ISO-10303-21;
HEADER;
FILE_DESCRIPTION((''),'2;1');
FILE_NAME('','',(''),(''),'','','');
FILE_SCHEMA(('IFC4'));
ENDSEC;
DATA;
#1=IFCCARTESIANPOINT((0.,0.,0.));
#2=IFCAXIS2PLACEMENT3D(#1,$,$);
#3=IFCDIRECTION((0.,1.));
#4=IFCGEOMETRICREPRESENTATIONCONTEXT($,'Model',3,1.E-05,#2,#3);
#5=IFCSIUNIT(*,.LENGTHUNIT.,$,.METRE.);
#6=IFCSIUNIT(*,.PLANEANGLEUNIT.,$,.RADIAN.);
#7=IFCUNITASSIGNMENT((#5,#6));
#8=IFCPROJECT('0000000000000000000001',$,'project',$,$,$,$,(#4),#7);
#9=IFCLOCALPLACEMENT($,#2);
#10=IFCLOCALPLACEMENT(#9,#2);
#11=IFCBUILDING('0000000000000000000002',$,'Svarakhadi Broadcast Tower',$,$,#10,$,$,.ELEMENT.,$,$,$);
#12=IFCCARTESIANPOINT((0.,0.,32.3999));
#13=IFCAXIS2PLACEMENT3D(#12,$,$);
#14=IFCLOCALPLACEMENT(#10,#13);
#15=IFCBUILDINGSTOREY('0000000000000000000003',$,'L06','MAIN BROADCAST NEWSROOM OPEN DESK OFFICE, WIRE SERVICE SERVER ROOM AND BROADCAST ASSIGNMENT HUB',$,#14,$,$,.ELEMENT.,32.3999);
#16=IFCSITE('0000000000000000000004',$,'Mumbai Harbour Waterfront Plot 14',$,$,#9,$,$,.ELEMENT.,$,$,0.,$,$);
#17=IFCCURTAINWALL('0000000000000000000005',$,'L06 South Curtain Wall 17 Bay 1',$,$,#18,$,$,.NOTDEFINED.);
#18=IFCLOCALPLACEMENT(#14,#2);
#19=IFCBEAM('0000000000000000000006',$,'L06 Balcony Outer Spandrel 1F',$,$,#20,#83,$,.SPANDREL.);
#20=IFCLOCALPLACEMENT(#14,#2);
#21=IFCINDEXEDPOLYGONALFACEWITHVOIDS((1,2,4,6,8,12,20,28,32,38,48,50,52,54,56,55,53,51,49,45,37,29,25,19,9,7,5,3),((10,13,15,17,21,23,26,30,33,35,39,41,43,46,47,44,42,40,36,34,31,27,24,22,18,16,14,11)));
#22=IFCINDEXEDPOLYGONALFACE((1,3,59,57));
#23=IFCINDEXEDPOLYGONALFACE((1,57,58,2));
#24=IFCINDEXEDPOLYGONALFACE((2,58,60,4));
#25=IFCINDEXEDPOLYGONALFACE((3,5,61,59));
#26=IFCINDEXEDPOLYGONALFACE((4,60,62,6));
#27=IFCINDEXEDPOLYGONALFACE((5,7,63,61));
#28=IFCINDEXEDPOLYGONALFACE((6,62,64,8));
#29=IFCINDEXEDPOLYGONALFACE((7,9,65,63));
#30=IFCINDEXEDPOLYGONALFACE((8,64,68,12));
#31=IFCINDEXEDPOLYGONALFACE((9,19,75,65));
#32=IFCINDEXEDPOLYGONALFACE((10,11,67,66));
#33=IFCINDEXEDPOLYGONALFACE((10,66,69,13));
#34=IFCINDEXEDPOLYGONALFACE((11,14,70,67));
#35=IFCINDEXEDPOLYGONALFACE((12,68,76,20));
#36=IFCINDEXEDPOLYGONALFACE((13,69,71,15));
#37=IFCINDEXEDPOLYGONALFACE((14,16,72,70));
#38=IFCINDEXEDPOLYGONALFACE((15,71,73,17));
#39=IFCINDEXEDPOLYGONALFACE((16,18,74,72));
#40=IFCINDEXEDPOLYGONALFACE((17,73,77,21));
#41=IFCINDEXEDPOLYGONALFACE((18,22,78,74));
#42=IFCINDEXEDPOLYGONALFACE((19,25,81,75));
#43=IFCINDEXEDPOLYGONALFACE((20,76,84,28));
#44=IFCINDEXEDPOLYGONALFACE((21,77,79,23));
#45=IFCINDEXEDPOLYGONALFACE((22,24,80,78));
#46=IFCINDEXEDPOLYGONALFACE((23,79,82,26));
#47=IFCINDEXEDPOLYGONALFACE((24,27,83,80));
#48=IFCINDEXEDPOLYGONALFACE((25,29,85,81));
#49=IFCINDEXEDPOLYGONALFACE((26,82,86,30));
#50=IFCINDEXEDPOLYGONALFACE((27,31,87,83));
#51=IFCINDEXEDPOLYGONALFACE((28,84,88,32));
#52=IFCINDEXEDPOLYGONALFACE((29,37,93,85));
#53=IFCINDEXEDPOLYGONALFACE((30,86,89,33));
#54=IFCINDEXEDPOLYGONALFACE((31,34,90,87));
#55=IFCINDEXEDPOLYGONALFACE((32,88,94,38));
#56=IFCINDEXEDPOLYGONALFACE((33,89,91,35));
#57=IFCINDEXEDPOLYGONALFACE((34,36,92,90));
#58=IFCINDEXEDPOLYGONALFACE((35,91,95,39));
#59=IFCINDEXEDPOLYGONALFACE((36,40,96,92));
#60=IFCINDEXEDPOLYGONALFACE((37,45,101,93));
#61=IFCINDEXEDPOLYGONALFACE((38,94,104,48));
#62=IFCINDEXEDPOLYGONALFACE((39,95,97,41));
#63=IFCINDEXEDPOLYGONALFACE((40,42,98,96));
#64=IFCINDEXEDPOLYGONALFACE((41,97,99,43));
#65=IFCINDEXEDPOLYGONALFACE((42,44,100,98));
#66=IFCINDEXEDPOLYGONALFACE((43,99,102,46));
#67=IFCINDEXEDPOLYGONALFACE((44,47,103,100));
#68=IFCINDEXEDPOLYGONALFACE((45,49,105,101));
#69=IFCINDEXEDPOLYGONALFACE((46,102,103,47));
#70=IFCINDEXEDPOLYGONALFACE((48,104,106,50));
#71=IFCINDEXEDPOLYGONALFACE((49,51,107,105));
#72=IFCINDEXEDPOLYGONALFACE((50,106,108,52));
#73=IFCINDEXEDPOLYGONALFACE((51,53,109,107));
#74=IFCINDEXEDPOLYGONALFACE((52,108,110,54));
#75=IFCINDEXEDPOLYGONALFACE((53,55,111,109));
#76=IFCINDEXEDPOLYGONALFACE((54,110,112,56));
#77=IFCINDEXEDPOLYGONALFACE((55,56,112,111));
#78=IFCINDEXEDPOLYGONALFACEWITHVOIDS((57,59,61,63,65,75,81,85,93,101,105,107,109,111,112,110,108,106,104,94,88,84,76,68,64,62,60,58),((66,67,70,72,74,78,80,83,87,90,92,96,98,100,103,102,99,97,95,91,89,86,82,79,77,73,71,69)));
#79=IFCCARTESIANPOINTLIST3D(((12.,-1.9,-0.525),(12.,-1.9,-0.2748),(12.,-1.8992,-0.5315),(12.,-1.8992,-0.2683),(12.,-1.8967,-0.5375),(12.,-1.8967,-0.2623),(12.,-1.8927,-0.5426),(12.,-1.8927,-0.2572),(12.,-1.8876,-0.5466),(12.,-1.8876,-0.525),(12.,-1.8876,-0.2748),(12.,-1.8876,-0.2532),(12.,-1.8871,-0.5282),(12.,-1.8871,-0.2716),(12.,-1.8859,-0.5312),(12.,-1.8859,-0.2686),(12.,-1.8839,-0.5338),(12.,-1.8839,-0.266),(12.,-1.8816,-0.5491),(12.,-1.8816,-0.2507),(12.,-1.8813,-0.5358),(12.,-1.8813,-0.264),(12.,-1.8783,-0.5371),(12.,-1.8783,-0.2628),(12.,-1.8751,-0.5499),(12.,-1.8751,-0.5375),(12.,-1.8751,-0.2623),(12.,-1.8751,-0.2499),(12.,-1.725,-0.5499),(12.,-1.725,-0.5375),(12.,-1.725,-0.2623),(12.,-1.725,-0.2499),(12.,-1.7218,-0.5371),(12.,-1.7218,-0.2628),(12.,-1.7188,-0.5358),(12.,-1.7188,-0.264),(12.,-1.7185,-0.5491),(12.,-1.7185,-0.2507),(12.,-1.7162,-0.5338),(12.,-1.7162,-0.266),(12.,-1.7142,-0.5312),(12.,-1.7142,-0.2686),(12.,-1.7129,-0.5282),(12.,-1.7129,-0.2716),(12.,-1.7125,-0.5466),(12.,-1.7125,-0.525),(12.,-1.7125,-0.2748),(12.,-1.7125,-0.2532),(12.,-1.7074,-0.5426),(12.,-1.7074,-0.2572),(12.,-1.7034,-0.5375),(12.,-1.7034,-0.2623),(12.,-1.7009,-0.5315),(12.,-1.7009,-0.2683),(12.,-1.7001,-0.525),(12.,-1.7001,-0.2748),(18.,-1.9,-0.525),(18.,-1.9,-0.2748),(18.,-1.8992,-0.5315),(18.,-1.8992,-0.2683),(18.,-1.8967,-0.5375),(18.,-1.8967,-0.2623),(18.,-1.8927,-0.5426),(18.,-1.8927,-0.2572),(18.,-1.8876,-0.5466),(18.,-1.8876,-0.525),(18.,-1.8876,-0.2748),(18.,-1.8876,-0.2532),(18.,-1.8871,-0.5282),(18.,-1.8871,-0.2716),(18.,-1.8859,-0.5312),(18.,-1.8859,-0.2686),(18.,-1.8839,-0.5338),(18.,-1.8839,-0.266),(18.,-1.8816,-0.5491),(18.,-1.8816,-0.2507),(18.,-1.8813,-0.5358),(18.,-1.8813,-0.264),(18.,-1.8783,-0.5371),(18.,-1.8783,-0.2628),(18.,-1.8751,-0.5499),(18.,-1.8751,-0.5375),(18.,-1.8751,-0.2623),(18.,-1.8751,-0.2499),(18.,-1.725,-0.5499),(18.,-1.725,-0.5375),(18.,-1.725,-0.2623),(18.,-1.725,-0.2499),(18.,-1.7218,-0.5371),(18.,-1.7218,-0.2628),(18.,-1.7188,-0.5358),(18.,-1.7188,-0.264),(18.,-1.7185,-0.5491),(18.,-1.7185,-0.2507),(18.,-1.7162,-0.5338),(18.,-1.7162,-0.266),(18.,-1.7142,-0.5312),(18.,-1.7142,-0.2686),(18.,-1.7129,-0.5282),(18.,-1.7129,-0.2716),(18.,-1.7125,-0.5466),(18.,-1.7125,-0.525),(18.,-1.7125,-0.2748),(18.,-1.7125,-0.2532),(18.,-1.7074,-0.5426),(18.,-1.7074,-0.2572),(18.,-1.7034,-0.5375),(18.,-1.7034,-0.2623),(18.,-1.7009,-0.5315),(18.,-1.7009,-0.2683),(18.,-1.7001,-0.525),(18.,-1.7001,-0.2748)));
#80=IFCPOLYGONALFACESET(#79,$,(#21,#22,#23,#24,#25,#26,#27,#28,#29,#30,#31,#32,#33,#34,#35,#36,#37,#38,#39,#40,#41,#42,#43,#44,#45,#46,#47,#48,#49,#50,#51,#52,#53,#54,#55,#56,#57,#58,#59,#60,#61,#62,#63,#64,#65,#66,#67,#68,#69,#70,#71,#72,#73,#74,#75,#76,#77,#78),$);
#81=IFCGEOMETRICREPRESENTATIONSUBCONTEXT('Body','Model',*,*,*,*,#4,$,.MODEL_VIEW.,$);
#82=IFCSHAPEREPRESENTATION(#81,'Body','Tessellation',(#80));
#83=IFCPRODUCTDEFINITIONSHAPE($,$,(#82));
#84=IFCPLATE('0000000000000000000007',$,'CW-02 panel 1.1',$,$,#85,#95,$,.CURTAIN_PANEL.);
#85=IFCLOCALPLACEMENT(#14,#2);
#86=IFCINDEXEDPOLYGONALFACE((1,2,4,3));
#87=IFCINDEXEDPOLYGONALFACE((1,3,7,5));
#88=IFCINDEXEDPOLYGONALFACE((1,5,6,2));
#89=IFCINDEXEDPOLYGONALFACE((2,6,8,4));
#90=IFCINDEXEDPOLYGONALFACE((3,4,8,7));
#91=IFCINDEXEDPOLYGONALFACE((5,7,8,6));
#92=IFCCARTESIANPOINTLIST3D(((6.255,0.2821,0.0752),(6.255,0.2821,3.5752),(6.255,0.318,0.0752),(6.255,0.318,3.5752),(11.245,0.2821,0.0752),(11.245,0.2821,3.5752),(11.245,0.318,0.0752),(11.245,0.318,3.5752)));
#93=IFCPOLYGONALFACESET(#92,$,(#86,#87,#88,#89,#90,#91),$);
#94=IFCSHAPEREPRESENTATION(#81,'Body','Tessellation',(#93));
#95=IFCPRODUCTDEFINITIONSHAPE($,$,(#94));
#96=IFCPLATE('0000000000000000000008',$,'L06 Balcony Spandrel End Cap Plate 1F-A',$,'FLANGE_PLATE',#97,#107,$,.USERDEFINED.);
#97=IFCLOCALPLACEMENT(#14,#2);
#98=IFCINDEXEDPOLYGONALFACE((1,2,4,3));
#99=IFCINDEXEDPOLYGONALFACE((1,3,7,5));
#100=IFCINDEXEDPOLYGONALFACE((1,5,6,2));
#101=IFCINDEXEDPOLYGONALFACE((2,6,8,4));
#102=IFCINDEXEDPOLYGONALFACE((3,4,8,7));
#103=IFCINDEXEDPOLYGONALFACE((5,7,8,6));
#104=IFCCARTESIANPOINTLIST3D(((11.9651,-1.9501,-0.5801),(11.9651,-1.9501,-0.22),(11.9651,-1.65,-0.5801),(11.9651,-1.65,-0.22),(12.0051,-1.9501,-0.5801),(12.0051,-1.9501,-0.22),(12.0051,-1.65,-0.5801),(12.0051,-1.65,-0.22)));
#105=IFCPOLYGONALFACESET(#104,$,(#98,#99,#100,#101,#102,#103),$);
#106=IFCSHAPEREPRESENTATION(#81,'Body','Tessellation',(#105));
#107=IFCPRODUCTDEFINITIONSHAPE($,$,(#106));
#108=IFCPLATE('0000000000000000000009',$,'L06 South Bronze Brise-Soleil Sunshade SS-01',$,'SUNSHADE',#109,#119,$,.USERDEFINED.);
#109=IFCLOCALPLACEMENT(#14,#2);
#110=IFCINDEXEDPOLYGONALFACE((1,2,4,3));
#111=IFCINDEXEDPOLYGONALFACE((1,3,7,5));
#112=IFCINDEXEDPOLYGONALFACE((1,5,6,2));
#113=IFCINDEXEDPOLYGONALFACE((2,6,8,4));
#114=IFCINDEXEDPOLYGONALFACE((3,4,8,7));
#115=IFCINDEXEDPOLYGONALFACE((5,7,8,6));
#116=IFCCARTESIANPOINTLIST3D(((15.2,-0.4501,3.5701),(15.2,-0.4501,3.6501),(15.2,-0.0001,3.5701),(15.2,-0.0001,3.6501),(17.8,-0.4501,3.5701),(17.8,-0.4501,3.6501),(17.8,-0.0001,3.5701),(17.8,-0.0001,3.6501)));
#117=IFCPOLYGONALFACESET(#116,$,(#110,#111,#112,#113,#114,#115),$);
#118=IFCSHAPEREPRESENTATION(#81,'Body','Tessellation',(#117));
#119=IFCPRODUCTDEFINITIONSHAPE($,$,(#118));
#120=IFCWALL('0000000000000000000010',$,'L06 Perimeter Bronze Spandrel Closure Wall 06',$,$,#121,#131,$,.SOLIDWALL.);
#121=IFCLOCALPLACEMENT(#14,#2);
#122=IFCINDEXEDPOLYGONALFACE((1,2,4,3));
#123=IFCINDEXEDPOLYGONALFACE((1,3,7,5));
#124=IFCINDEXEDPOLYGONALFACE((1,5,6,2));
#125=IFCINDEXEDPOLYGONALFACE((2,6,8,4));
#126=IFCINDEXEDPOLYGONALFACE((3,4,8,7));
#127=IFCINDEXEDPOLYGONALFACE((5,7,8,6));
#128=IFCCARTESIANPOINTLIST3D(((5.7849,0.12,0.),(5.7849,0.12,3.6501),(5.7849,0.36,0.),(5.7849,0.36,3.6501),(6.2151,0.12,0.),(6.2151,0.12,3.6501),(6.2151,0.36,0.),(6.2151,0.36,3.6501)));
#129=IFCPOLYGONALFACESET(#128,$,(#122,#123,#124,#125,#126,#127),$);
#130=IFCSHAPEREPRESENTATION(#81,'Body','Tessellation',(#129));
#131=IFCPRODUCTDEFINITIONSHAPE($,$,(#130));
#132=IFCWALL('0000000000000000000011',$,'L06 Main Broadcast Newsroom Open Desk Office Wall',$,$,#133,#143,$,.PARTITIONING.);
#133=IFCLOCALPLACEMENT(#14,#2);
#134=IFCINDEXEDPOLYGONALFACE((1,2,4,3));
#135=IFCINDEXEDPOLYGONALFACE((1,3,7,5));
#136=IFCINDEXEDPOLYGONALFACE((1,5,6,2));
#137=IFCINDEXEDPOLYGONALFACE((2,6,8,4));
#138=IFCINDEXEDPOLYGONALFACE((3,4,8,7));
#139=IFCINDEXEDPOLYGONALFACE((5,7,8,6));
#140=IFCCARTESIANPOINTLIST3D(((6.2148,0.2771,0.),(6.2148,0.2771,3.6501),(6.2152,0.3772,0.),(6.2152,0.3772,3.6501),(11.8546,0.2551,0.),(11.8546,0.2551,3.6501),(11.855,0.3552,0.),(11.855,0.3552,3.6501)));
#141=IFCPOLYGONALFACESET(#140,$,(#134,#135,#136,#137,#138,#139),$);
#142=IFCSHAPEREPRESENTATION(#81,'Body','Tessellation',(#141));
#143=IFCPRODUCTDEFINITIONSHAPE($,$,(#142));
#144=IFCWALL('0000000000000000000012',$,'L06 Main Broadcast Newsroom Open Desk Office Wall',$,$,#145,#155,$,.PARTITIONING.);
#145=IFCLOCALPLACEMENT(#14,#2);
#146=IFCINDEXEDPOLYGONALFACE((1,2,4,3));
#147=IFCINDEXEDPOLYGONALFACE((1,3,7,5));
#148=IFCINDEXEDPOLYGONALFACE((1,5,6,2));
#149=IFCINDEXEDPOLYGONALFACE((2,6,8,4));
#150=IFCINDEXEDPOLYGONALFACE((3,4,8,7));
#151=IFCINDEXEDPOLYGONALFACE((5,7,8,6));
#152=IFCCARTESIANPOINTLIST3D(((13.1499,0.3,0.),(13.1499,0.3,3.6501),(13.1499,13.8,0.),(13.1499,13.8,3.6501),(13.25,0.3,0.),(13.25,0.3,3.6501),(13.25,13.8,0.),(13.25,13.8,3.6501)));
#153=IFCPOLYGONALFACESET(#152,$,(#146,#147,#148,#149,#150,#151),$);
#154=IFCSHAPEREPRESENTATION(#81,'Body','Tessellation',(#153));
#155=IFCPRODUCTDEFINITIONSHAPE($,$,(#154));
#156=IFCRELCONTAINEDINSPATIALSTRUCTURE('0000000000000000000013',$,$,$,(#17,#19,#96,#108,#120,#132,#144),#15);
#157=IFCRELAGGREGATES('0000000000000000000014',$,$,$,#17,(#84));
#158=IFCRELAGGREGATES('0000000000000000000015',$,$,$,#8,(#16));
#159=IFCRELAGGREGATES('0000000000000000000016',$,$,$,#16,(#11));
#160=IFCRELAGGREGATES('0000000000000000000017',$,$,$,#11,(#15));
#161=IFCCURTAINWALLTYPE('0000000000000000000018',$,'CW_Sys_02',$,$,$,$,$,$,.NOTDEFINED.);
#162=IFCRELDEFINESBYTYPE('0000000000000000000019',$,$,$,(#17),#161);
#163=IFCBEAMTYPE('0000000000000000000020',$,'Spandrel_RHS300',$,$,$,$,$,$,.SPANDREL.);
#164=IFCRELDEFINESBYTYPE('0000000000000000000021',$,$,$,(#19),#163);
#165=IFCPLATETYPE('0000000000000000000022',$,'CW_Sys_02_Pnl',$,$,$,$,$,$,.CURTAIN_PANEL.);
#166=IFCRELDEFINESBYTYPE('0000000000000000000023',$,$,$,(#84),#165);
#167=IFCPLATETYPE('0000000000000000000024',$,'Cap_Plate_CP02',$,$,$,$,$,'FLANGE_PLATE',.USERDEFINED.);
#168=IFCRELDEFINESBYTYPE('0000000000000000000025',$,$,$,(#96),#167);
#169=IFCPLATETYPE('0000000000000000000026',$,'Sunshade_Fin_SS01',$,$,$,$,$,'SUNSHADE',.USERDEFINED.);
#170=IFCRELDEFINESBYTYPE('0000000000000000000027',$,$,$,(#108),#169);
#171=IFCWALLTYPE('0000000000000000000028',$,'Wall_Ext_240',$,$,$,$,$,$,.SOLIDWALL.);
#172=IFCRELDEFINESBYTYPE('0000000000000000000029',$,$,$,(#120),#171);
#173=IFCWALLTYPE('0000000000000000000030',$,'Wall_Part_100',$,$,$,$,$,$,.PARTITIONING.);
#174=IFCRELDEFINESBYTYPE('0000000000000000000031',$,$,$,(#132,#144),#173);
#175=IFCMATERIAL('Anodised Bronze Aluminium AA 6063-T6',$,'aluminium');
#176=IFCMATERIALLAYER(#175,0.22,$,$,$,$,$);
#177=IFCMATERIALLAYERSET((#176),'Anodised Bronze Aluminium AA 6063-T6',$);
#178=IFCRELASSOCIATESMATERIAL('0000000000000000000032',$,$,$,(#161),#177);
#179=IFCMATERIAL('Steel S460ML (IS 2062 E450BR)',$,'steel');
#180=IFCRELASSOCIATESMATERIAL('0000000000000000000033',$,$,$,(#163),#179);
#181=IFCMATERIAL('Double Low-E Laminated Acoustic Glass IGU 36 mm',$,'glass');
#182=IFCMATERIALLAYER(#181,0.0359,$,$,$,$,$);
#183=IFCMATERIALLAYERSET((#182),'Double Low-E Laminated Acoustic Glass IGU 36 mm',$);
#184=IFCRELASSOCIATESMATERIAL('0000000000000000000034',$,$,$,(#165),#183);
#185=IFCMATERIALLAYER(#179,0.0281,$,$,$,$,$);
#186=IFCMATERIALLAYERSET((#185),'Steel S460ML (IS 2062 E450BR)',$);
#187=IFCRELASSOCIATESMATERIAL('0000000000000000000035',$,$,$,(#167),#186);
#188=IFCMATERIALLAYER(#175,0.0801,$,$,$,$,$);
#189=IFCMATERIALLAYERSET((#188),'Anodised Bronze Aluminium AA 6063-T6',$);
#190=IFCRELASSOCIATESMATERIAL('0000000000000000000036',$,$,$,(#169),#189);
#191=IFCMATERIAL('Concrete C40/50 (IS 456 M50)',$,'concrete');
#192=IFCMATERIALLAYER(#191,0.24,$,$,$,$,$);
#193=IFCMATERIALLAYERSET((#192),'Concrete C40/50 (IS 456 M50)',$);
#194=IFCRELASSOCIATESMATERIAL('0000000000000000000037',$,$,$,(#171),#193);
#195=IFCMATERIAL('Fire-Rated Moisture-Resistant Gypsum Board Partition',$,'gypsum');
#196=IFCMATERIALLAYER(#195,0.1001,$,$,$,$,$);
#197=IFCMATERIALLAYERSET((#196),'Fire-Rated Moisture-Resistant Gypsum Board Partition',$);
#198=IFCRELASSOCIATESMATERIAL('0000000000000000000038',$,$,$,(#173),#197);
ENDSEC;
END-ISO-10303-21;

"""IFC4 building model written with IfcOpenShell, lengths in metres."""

from ifc_helpers import new_model, si_unit, direction, frame, frame_2d, origin, origin_2d, place, context, subcontext, project, spatial, rectangle, hollow_rectangle, extrude, material, layer, layer_set, material_profile, profile_set, type_object, element, aggregate, save


model = new_model("IFC4")

# Units and contexts
model_context = context("Model", 3, precision=1e-05, world=origin(), true_north=direction((0.0, 1.0)))
body_context = subcontext(model_context, "Body", "Model", "MODEL_VIEW")
ifc_project = project(units=[si_unit("LENGTHUNIT", "METRE"), si_unit("PLANEANGLEUNIT", "RADIAN")], contexts=[model_context])

# Site, building, storey
site_placement = place(None, origin())
site = spatial("IfcSite", under=ifc_project, at=site_placement, Name="Mumbai Harbour Waterfront Plot 14", CompositionType="ELEMENT", RefElevation=0.0)
building_placement = place(site_placement, origin())
building = spatial("IfcBuilding", under=site, at=building_placement, Name="Svarakhadi Broadcast Tower", CompositionType="ELEMENT")
storey_placement = place(building_placement, frame((0.0, 0.0, 32.3999)))
storey = spatial("IfcBuildingStorey", under=building, at=storey_placement, Name="L06", Description="MAIN BROADCAST NEWSROOM OPEN DESK OFFICE, WIRE SERVICE SERVER ROOM AND BROADCAST ASSIGNMENT HUB", CompositionType="ELEMENT", Elevation=32.3999)

# Shared definitions
ifc_material_1 = material(Name="Steel S460ML (IS 2062 E450BR)", Category="steel")

# Curtain wall
ifc_material_2 = material(Name="Anodised Bronze Aluminium AA 6063-T6", Category="aluminium")
ifc_layer_1 = layer(ifc_material_2, 0.22)
ifc_layer_set_1 = layer_set([ifc_layer_1], Name="Anodised Bronze Aluminium AA 6063-T6")
curtain_wall_type = type_object("IfcCurtainWallType", Name="CW_Sys_02", PredefinedType="NOTDEFINED", material=ifc_layer_set_1)
curtain_wall_placement = place(storey_placement, origin())
curtain_wall = element("IfcCurtainWall", 1, at=curtain_wall_placement, inside=storey, type_object=curtain_wall_type, Name="L06 South Curtain Wall 17 Bay 1", PredefinedType="NOTDEFINED")

# Beam
ifc_material_profile_1 = material_profile(ifc_material_1, hollow_rectangle(XDim=0.2, YDim=0.3, WallThickness=0.0125, InnerFilletRadius=0.0125, OuterFilletRadius=0.0249, at=origin_2d()), Name="RHS 300x200x12.5")
ifc_profile_set_1 = profile_set([ifc_material_profile_1], Name="Steel S460ML (IS 2062 E450BR)")
beam_type_1 = type_object("IfcBeamType", Name="Spandrel_RHS300", PredefinedType="SPANDREL", material=ifc_profile_set_1)
beam_1_placement = place(storey_placement, frame((12.0, -1.8, -0.3999), z_axis=(1.0, 0.0, 0.0), x_axis=(0.0, 1.0, 0.0)))
element("IfcBeam", 2, at=beam_1_placement, inside=storey, type_object=beam_type_1, Name="L06 Balcony Outer Spandrel 1F", PredefinedType="SPANDREL", context=body_context, shape_type="SweptSolid", body=[
    extrude(hollow_rectangle(XDim=0.2, YDim=0.3, WallThickness=0.0125, InnerFilletRadius=0.0125, OuterFilletRadius=0.0249, at=origin_2d()), origin(), (0.0, 0.0, 1.0), 6.0),
])

# Plate
ifc_material_3 = material(Name="Double Low-E Laminated Acoustic Glass IGU 36 mm", Category="glass")
ifc_layer_2 = layer(ifc_material_3, 0.0359)
ifc_layer_set_2 = layer_set([ifc_layer_2], Name="Double Low-E Laminated Acoustic Glass IGU 36 mm")
plate_type_1 = type_object("IfcPlateType", Name="CW_Sys_02_Pnl", PredefinedType="CURTAIN_PANEL", material=ifc_layer_set_2)
plate_1_placement = place(storey_placement, frame((8.75, 0.3, 0.0752), z_axis=(0.0, 0.0, 1.0), x_axis=(-1.0, 0.0, 0.0)))
plate_1 = element("IfcPlate", 3, at=plate_1_placement, type_object=plate_type_1, Name="CW-02 panel 1.1", PredefinedType="CURTAIN_PANEL", context=body_context, shape_type="SweptSolid", body=[
    extrude(rectangle(XDim=4.99, YDim=0.0359, at=origin_2d()), origin(), (0.0, 0.0, 1.0), 3.5),
])
aggregate(curtain_wall, [plate_1])

# Plates
ifc_layer_3 = layer(ifc_material_1, 0.0281)
ifc_layer_set_3 = layer_set([ifc_layer_3], Name="Steel S460ML (IS 2062 E450BR)")
plate_type_2 = type_object("IfcPlateType", Name="Cap_Plate_CP02", ElementType="FLANGE_PLATE", PredefinedType="USERDEFINED", material=ifc_layer_set_3)
plate_2_placement = place(storey_placement, frame((11.9851, -1.8, -0.5801), z_axis=(0.0, 0.0, 1.0), x_axis=(1.0, 0.0, 0.0)))
element("IfcPlate", 4, at=plate_2_placement, inside=storey, type_object=plate_type_2, Name="L06 Balcony Spandrel End Cap Plate 1F-A", ObjectType="FLANGE_PLATE", PredefinedType="USERDEFINED", context=body_context, shape_type="SweptSolid", body=[
    extrude(rectangle(XDim=0.04, YDim=0.3, at=origin_2d()), origin(), (0.0, 0.0, 1.0), 0.3601),
])
ifc_layer_4 = layer(ifc_material_2, 0.0801)
ifc_layer_set_4 = layer_set([ifc_layer_4], Name="Anodised Bronze Aluminium AA 6063-T6")
plate_type_3 = type_object("IfcPlateType", Name="Sunshade_Fin_SS01", ElementType="SUNSHADE", PredefinedType="USERDEFINED", material=ifc_layer_set_4)
plate_3_placement = place(storey_placement, frame((16.5, -0.2251, 3.5701), z_axis=(0.0, 0.0, 1.0), x_axis=(1.0, 0.0, 0.0)))
element("IfcPlate", 5, at=plate_3_placement, inside=storey, type_object=plate_type_3, Name="L06 South Bronze Brise-Soleil Sunshade SS-01", ObjectType="SUNSHADE", PredefinedType="USERDEFINED", context=body_context, shape_type="SweptSolid", body=[
    extrude(rectangle(XDim=2.6001, YDim=0.45, at=origin_2d()), origin(), (0.0, 0.0, 1.0), 0.0801),
])

# Walls
ifc_material_4 = material(Name="Concrete C40/50 (IS 456 M50)", Category="concrete")
ifc_layer_5 = layer(ifc_material_4, 0.24)
ifc_layer_set_5 = layer_set([ifc_layer_5], Name="Concrete C40/50 (IS 456 M50)")
wall_type_1 = type_object("IfcWallType", Name="Wall_Ext_240", PredefinedType="SOLIDWALL", material=ifc_layer_set_5)
wall_1_placement = place(storey_placement, frame((6.2151, 0.24, 0.0), z_axis=(0.0, 0.0, 1.0), x_axis=(-1.0, 0.0, 0.0)))
element("IfcWall", 6, at=wall_1_placement, inside=storey, type_object=wall_type_1, Name="L06 Perimeter Bronze Spandrel Closure Wall 06", PredefinedType="SOLIDWALL", context=body_context, shape_type="SweptSolid", body=[
    extrude(rectangle(XDim=0.4302, YDim=0.24, at=frame_2d((0.2151, 0.0))), origin(), (0.0, 0.0, 1.0), 3.6501),
])
ifc_material_5 = material(Name="Fire-Rated Moisture-Resistant Gypsum Board Partition", Category="gypsum")
ifc_layer_6 = layer(ifc_material_5, 0.1001)
ifc_layer_set_6 = layer_set([ifc_layer_6], Name="Fire-Rated Moisture-Resistant Gypsum Board Partition")
wall_type_2 = type_object("IfcWallType", Name="Wall_Part_100", PredefinedType="PARTITIONING", material=ifc_layer_set_6)
wall_2_placement = place(storey_placement, frame((6.2151, 0.3271, 0.0), z_axis=(0.0, 0.0, 1.0), x_axis=(0.999992, -0.003896, 0.0)))
element("IfcWall", 7, at=wall_2_placement, inside=storey, type_object=wall_type_2, Name="L06 Main Broadcast Newsroom Open Desk Office Wall", PredefinedType="PARTITIONING", context=body_context, shape_type="SweptSolid", body=[
    extrude(rectangle(XDim=5.6399, YDim=0.1001, at=frame_2d((2.8198, 0.0))), origin(), (0.0, 0.0, 1.0), 3.6501),
])
wall_3_placement = place(storey_placement, frame((13.2, 0.3, 0.0), z_axis=(0.0, 0.0, 1.0), x_axis=(0.0, 1.0, 0.0)))
element("IfcWall", 8, at=wall_3_placement, inside=storey, type_object=wall_type_2, Name="L06 Main Broadcast Newsroom Open Desk Office Wall", PredefinedType="PARTITIONING", context=body_context, shape_type="SweptSolid", body=[
    extrude(rectangle(XDim=13.5, YDim=0.1001, at=frame_2d((6.75, 0.0))), origin(), (0.0, 0.0, 1.0), 3.6501),
])

save(model, "model.ifc")
